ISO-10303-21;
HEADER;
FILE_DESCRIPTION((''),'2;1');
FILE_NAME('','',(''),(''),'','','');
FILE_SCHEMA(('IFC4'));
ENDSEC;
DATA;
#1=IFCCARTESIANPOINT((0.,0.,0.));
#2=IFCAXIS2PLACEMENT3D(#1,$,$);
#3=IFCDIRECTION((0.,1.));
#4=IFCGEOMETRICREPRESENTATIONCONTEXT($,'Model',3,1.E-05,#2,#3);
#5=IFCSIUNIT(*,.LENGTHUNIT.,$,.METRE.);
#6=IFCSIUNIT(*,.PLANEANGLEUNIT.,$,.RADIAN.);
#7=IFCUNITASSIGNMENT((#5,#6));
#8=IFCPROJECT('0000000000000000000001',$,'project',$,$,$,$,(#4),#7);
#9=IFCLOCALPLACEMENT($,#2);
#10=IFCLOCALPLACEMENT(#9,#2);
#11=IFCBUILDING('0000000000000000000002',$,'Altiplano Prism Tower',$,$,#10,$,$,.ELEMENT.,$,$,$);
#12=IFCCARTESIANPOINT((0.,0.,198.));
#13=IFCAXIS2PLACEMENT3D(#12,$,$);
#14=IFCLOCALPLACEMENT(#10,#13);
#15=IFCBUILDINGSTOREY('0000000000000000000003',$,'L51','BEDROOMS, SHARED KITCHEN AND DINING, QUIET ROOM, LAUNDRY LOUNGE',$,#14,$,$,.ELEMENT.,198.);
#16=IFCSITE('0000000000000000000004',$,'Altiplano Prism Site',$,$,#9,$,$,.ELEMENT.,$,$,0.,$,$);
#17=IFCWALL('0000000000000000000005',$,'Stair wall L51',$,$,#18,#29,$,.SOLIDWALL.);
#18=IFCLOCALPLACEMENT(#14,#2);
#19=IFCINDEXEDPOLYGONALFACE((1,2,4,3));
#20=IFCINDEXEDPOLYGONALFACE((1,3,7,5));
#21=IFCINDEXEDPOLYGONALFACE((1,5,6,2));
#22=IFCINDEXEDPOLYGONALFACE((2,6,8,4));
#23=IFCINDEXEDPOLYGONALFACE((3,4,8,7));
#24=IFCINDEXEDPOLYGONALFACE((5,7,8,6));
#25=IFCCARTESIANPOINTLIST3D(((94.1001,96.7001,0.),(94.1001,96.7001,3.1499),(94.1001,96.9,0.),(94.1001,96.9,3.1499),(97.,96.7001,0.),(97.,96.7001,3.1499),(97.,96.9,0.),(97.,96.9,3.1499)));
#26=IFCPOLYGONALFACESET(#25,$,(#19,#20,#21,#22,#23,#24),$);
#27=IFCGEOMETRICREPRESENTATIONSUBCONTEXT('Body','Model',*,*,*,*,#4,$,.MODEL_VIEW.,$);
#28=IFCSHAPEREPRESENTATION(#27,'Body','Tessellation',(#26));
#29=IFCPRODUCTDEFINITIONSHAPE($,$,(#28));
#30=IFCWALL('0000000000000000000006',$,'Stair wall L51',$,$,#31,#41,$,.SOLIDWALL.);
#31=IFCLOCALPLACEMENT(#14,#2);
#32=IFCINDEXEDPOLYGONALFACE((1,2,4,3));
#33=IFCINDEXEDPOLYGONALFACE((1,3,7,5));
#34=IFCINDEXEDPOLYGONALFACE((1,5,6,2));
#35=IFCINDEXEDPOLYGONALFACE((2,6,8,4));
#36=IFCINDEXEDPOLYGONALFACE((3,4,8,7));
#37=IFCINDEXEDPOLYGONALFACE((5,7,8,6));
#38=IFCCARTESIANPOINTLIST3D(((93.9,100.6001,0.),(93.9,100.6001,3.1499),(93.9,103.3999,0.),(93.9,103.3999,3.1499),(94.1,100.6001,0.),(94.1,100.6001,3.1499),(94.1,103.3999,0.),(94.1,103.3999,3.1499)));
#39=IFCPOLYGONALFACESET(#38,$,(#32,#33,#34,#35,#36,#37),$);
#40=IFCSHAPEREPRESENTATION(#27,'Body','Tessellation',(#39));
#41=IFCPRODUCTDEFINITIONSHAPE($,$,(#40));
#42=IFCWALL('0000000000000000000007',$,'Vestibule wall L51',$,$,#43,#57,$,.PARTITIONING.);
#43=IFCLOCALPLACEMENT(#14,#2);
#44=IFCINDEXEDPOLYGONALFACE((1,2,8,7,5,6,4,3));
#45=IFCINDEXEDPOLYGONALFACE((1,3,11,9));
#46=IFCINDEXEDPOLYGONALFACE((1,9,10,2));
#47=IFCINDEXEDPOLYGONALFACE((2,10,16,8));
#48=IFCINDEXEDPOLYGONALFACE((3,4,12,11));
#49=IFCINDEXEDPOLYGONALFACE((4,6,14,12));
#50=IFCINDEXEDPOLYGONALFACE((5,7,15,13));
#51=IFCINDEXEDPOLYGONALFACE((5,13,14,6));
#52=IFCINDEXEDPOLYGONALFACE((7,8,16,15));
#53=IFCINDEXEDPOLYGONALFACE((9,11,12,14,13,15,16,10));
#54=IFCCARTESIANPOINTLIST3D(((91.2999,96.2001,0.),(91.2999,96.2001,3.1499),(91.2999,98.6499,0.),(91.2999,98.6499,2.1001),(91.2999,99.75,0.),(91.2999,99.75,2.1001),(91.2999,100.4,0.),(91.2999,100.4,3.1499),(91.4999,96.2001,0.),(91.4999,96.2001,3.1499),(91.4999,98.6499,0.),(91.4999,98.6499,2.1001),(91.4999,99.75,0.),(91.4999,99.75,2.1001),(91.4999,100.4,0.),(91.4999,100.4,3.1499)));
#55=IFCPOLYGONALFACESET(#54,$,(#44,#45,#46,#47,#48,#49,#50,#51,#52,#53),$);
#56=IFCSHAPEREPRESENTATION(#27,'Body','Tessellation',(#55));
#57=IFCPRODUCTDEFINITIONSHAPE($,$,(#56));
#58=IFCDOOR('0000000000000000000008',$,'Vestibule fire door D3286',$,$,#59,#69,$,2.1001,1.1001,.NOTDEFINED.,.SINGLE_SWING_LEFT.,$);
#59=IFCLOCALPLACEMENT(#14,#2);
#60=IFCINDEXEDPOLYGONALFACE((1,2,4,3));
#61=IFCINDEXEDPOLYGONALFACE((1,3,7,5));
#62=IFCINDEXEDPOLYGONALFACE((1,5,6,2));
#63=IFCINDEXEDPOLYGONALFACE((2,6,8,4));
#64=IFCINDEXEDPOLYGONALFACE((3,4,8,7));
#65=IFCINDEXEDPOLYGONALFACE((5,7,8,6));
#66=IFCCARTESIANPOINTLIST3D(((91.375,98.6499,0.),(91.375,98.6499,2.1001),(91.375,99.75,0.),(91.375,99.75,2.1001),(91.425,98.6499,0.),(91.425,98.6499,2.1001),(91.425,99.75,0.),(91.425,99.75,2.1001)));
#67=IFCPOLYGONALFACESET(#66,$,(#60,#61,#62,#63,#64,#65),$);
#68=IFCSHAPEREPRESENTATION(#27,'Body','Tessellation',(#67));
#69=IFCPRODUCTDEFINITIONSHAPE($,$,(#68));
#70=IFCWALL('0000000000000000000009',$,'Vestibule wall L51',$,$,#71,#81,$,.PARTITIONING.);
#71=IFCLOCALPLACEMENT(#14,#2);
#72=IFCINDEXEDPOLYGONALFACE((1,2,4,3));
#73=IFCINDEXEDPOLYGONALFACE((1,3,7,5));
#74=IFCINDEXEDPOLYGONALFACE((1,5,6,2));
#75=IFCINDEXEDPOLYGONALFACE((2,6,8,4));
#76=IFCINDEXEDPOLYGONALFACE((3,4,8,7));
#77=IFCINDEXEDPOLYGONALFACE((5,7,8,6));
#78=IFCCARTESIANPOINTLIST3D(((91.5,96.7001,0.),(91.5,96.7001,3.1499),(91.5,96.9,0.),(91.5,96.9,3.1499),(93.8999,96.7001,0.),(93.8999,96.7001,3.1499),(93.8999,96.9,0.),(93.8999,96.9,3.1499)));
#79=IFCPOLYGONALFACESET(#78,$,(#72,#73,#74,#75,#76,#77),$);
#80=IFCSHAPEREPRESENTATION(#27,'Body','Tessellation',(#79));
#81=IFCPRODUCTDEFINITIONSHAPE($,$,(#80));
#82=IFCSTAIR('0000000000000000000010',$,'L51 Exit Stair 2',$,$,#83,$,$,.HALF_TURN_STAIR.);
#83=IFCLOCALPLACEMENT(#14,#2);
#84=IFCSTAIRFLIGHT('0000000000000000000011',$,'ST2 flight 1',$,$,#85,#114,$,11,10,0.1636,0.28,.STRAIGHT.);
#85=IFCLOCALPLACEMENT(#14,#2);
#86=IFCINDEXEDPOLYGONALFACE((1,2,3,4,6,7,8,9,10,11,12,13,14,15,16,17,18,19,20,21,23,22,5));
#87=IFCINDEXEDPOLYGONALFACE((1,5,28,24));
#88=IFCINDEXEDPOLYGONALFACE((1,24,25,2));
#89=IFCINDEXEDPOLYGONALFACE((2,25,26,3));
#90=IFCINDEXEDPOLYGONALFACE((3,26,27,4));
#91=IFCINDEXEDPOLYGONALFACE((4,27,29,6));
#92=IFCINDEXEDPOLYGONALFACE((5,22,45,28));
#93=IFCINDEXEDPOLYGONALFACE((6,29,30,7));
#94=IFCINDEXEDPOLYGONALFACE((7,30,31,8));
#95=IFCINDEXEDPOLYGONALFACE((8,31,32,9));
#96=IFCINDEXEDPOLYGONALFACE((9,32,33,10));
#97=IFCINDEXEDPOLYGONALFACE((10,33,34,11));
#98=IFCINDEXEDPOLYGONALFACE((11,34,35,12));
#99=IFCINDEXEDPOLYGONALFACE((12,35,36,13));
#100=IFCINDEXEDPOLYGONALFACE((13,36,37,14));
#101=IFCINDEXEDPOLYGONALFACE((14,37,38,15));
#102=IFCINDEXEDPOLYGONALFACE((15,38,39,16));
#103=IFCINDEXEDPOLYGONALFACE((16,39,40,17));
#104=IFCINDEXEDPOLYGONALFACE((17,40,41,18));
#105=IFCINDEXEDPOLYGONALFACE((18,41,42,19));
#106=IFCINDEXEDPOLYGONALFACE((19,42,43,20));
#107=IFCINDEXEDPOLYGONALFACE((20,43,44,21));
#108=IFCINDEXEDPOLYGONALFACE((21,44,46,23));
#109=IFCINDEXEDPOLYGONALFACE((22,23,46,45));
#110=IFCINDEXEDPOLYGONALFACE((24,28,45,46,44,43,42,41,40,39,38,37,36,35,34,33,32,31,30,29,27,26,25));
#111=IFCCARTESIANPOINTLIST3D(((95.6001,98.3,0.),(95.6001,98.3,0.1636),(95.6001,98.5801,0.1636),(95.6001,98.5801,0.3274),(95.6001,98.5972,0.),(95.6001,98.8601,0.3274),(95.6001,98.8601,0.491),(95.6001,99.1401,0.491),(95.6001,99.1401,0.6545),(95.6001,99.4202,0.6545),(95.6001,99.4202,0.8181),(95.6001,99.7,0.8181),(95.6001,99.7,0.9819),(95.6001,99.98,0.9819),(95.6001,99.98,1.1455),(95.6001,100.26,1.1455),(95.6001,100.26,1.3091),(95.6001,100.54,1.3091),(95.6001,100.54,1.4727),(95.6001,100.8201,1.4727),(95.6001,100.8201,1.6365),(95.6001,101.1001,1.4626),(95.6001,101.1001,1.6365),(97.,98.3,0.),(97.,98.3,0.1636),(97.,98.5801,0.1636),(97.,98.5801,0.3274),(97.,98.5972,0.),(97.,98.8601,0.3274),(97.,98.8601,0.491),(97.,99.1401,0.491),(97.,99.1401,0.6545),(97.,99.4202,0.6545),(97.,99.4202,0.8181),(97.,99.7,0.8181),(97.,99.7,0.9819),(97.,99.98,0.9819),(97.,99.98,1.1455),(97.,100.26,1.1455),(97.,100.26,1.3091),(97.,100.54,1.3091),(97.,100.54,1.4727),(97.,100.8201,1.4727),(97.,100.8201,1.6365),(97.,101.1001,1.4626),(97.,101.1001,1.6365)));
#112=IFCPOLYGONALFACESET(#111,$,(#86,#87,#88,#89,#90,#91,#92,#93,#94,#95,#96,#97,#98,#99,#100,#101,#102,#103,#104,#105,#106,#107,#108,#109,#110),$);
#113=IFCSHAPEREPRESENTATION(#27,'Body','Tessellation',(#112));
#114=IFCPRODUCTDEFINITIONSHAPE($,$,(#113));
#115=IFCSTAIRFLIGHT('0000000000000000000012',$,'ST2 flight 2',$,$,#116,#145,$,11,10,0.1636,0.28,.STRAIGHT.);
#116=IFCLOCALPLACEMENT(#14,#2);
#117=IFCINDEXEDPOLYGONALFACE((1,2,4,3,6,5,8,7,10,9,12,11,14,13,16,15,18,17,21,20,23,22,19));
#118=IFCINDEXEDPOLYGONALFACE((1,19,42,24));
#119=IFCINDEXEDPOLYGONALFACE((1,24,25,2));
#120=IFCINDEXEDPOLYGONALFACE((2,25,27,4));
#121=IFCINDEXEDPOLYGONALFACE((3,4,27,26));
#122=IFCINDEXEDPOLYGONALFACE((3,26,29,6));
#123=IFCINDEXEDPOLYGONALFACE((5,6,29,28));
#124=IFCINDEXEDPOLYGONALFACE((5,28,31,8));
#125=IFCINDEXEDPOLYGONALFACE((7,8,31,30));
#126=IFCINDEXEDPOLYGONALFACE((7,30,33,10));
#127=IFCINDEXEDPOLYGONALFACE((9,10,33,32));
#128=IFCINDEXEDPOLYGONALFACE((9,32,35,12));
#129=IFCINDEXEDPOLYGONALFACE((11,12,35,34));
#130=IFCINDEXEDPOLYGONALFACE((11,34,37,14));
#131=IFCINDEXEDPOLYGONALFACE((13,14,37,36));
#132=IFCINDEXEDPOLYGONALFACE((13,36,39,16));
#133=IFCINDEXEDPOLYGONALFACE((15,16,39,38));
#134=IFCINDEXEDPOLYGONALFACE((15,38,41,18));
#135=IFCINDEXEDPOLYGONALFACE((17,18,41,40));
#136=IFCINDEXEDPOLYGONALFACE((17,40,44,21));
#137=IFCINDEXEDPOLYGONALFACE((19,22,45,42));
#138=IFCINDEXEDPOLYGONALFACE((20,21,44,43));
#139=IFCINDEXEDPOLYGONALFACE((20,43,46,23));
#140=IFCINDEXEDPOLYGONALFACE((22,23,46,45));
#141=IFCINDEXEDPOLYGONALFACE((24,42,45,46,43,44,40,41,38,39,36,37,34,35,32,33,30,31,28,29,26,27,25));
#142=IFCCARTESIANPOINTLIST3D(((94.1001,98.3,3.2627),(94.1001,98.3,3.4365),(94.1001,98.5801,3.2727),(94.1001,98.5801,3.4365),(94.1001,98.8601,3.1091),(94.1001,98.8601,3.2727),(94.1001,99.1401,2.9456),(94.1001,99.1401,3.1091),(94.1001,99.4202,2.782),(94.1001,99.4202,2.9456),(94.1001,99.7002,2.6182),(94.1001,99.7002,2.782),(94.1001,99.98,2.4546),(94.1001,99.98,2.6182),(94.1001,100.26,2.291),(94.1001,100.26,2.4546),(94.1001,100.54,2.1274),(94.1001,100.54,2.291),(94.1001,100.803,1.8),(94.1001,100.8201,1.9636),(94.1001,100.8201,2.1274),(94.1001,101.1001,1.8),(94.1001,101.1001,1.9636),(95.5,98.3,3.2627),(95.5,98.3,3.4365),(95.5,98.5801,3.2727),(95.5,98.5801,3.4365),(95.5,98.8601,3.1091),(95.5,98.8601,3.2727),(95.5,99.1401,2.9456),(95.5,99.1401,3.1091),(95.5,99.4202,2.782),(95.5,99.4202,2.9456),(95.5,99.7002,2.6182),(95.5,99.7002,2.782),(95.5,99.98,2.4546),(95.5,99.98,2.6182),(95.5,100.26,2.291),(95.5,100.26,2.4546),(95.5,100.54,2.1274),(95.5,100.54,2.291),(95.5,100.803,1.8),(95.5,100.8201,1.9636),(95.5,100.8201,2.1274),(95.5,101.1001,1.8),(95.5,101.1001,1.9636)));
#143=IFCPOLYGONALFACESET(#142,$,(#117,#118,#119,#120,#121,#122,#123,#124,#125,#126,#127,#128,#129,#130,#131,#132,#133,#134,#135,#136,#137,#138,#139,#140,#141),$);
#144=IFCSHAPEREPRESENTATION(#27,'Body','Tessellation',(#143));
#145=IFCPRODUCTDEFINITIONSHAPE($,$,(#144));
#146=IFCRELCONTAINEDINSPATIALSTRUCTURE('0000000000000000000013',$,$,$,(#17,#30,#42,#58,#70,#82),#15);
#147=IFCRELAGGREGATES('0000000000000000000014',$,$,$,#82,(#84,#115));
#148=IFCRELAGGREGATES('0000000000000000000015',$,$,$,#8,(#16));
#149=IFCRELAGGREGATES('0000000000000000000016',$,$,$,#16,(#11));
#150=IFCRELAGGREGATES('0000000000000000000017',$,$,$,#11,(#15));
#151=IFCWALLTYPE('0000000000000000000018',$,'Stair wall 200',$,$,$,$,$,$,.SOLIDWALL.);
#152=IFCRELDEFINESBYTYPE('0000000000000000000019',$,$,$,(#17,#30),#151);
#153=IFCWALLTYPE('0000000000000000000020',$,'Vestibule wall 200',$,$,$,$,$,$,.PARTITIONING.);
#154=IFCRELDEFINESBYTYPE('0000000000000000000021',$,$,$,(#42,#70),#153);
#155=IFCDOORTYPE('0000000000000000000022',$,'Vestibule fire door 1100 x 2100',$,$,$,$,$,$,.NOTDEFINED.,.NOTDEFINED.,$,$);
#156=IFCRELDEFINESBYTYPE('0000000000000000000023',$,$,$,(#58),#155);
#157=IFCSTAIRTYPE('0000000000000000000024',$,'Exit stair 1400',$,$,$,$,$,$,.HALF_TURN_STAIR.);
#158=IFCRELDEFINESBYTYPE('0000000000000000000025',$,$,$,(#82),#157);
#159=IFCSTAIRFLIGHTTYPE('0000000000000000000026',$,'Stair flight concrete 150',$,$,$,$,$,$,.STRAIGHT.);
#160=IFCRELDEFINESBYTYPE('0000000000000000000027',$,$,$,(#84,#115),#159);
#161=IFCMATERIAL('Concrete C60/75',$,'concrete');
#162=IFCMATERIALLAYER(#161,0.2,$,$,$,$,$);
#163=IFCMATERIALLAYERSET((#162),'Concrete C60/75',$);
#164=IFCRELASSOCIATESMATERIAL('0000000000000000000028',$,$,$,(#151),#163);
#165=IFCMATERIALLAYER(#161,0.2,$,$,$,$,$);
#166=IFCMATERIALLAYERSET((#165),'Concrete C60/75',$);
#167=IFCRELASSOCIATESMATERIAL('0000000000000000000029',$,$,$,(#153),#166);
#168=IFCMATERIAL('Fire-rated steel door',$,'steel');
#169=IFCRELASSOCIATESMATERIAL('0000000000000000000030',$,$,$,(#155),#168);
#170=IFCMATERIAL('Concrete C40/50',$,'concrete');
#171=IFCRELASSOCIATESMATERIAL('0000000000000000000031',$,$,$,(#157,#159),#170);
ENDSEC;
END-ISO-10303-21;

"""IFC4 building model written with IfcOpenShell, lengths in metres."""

from ifc_helpers import new_model, si_unit, direction, frame, frame_2d, origin, place, context, subcontext, project, spatial, polyline, rectangle, outline, extrude, material, layer, layer_set, type_object, element, fill, aggregate, save


model = new_model("IFC4")

# Units and contexts
model_context = context("Model", 3, precision=1e-05, world=origin(), true_north=direction((0.0, 1.0)))
body_context = subcontext(model_context, "Body", "Model", "MODEL_VIEW")
ifc_project = project(units=[si_unit("LENGTHUNIT", "METRE"), si_unit("PLANEANGLEUNIT", "RADIAN")], contexts=[model_context])

# Site, building, storey
site_placement = place(None, origin())
site = spatial("IfcSite", under=ifc_project, at=site_placement, Name="Altiplano Prism Site", CompositionType="ELEMENT", RefElevation=0.0)
building_placement = place(site_placement, origin())
building = spatial("IfcBuilding", under=site, at=building_placement, Name="Altiplano Prism Tower", CompositionType="ELEMENT")
storey_placement = place(building_placement, frame((0.0, 0.0, 198.0)))
storey = spatial("IfcBuildingStorey", under=building, at=storey_placement, Name="L51", Description="BEDROOMS, SHARED KITCHEN AND DINING, QUIET ROOM, LAUNDRY LOUNGE", CompositionType="ELEMENT", Elevation=198.0)

# Shared definitions
ifc_material_1 = material(Name="Concrete C60/75", Category="concrete")

# Shared definitions
ifc_layer_1 = layer(ifc_material_1, 0.2)
ifc_layer_set_1 = layer_set([ifc_layer_1], Name="Concrete C60/75")
wall_type_1 = type_object("IfcWallType", Name="Stair wall 200", PredefinedType="SOLIDWALL", material=ifc_layer_set_1)
ifc_material_2 = material(Name="Fire-rated steel door", Category="steel")

# Walls
wall_1_placement = place(storey_placement, frame((94.1001, 96.8, 0.0), z_axis=(0.0, 0.0, 1.0), x_axis=(1.0, 0.0, 0.0)))
element("IfcWall", 1, at=wall_1_placement, inside=storey, type_object=wall_type_1, Name="Stair wall L51", PredefinedType="SOLIDWALL", context=body_context, shape_type="SweptSolid", body=[
    extrude(rectangle(XDim=2.8999, YDim=0.2, at=frame_2d((1.45, 0.0))), origin(), (0.0, 0.0, 1.0), 3.1499),
])
wall_2_placement = place(storey_placement, frame((94.0, 100.6001, 0.0), z_axis=(0.0, 0.0, 1.0), x_axis=(0.0, 1.0, 0.0)))
element("IfcWall", 2, at=wall_2_placement, inside=storey, type_object=wall_type_1, Name="Stair wall L51", PredefinedType="SOLIDWALL", context=body_context, shape_type="SweptSolid", body=[
    extrude(rectangle(XDim=2.7998, YDim=0.2, at=frame_2d((1.3999, 0.0))), origin(), (0.0, 0.0, 1.0), 3.1499),
])

# Wall, opening, door
ifc_layer_2 = layer(ifc_material_1, 0.2)
ifc_layer_set_2 = layer_set([ifc_layer_2], Name="Concrete C60/75")
wall_type_2 = type_object("IfcWallType", Name="Vestibule wall 200", PredefinedType="PARTITIONING", material=ifc_layer_set_2)
wall_3_placement = place(storey_placement, frame((91.3999, 96.2, 0.0), z_axis=(0.0, 0.0, 1.0), x_axis=(0.0, 1.0, 0.0)))
wall_3 = element("IfcWall", 3, at=wall_3_placement, inside=storey, type_object=wall_type_2, Name="Vestibule wall L51", PredefinedType="PARTITIONING", context=body_context, shape_type="SweptSolid", body=[
    extrude(rectangle(XDim=4.2, YDim=0.2, at=frame_2d((2.1001, 0.0))), origin(), (0.0, 0.0, 1.0), 3.1499),
])
opening_1_placement = place(wall_3_placement, frame((2.45, 0.0, 0.0)))
opening_1 = element("IfcOpeningElement", 4, at=opening_1_placement, cuts=wall_3, PredefinedType="OPENING", context=body_context, shape_type="SweptSolid", body=[
    extrude(rectangle(XDim=1.1001, YDim=2.1001, at=frame_2d((0.55, 1.05))), frame((0.0, 0.1104, 0.0), z_axis=(0.0, -1.0, 0.0), x_axis=(1.0, 0.0, 0.0)), (0.0, 0.0, 1.0), 0.2209),
])
door_type_1 = type_object("IfcDoorType", Name="Vestibule fire door 1100 x 2100", OperationType="NOTDEFINED", PredefinedType="NOTDEFINED", material=ifc_material_2)
door_1_placement = place(opening_1_placement, origin())
door_1 = element("IfcDoor", 5, at=door_1_placement, inside=storey, type_object=door_type_1, Name="Vestibule fire door D3286", OperationType="SINGLE_SWING_LEFT", OverallHeight=2.1001, OverallWidth=1.1001, PredefinedType="NOTDEFINED", context=body_context, shape_type="SweptSolid", body=[
    extrude(rectangle(XDim=1.1001, YDim=2.1001, at=frame_2d((0.55, 1.05))), frame((0.0, 0.0249, 0.0), z_axis=(0.0, -1.0, 0.0), x_axis=(1.0, 0.0, 0.0)), (0.0, 0.0, 1.0), 0.05),
])
fill(opening_1, door_1)

# Wall
wall_4_placement = place(storey_placement, frame((91.5, 96.8, 0.0), z_axis=(0.0, 0.0, 1.0), x_axis=(1.0, 0.0, 0.0)))
element("IfcWall", 6, at=wall_4_placement, inside=storey, type_object=wall_type_2, Name="Vestibule wall L51", PredefinedType="PARTITIONING", context=body_context, shape_type="SweptSolid", body=[
    extrude(rectangle(XDim=2.3999, YDim=0.2, at=frame_2d((1.2, 0.0))), origin(), (0.0, 0.0, 1.0), 3.1499),
])

# Stair, stair flights
ifc_material_3 = material(Name="Concrete C40/50", Category="concrete")
stair_type = type_object("IfcStairType", Name="Exit stair 1400", PredefinedType="HALF_TURN_STAIR", material=ifc_material_3)
stair_placement = place(storey_placement, origin())
stair = element("IfcStair", 7, at=stair_placement, inside=storey, type_object=stair_type, Name="L51 Exit Stair 2", PredefinedType="HALF_TURN_STAIR")
stair_flight_type = type_object("IfcStairFlightType", Name="Stair flight concrete 150", PredefinedType="STRAIGHT", material=ifc_material_3)
stair_flight_1_placement = place(storey_placement, frame((96.3, 98.3, 0.0), z_axis=(0.0, 0.0, 1.0), x_axis=(0.0, 1.0, 0.0)))
stair_flight_1 = element("IfcStairFlight", 8, at=stair_flight_1_placement, type_object=stair_flight_type, Name="ST2 flight 1", NumberOfRisers=11, NumberOfTreads=10, PredefinedType="STRAIGHT", RiserHeight=0.1636, TreadLength=0.28, context=body_context, shape_type="SweptSolid", body=[
    extrude(outline(polyline([(0.0, 0.0), (0.0, 0.1636), (0.28, 0.1636), (0.28, 0.3274), (0.5601, 0.3274), (0.5601, 0.491), (0.8401, 0.491), (0.8401, 0.6545), (1.1201, 0.6545), (1.1201, 0.8181), (1.3999, 0.8181), (1.3999, 0.9819), (1.6799, 0.9819), (1.6799, 1.1455), (1.96, 1.1455), (1.96, 1.3091), (2.24, 1.3091), (2.24, 1.4727), (2.52, 1.4727), (2.52, 1.6365), (2.8, 1.6365), (2.8, 1.8), (2.8, 1.4626), (0.2971, 0.0), (0.0, 0.0)])), frame((0.0, 0.7, 0.0), z_axis=(0.0, -1.0, 0.0), x_axis=(1.0, 0.0, 0.0)), (0.0, 0.0, 1.0), 1.3999),
])
stair_flight_2_placement = place(storey_placement, frame((94.8, 101.1001, 1.8), z_axis=(0.0, 0.0, 1.0), x_axis=(0.0, -1.0, 0.0)))
stair_flight_2 = element("IfcStairFlight", 9, at=stair_flight_2_placement, type_object=stair_flight_type, Name="ST2 flight 2", NumberOfRisers=11, NumberOfTreads=10, PredefinedType="STRAIGHT", RiserHeight=0.1636, TreadLength=0.28, context=body_context, shape_type="SweptSolid", body=[
    extrude(outline(polyline([(0.0, 0.0), (0.0, 0.1636), (0.28, 0.1636), (0.28, 0.3274), (0.5601, 0.3274), (0.5601, 0.491), (0.8401, 0.491), (0.8401, 0.6545), (1.1201, 0.6545), (1.1201, 0.8181), (1.3999, 0.8181), (1.3999, 0.9819), (1.6799, 0.9819), (1.6799, 1.1455), (1.96, 1.1455), (1.96, 1.3091), (2.24, 1.3091), (2.24, 1.4727), (2.52, 1.4727), (2.52, 1.6365), (2.8, 1.6365), (2.8, 1.8), (2.8, 1.4626), (0.2971, 0.0), (0.0, 0.0)])), frame((0.0, 0.7, 0.0), z_axis=(0.0, -1.0, 0.0), x_axis=(1.0, 0.0, 0.0)), (0.0, 0.0, 1.0), 1.3999),
])
aggregate(stair, [stair_flight_1, stair_flight_2])

save(model, "model.ifc")
